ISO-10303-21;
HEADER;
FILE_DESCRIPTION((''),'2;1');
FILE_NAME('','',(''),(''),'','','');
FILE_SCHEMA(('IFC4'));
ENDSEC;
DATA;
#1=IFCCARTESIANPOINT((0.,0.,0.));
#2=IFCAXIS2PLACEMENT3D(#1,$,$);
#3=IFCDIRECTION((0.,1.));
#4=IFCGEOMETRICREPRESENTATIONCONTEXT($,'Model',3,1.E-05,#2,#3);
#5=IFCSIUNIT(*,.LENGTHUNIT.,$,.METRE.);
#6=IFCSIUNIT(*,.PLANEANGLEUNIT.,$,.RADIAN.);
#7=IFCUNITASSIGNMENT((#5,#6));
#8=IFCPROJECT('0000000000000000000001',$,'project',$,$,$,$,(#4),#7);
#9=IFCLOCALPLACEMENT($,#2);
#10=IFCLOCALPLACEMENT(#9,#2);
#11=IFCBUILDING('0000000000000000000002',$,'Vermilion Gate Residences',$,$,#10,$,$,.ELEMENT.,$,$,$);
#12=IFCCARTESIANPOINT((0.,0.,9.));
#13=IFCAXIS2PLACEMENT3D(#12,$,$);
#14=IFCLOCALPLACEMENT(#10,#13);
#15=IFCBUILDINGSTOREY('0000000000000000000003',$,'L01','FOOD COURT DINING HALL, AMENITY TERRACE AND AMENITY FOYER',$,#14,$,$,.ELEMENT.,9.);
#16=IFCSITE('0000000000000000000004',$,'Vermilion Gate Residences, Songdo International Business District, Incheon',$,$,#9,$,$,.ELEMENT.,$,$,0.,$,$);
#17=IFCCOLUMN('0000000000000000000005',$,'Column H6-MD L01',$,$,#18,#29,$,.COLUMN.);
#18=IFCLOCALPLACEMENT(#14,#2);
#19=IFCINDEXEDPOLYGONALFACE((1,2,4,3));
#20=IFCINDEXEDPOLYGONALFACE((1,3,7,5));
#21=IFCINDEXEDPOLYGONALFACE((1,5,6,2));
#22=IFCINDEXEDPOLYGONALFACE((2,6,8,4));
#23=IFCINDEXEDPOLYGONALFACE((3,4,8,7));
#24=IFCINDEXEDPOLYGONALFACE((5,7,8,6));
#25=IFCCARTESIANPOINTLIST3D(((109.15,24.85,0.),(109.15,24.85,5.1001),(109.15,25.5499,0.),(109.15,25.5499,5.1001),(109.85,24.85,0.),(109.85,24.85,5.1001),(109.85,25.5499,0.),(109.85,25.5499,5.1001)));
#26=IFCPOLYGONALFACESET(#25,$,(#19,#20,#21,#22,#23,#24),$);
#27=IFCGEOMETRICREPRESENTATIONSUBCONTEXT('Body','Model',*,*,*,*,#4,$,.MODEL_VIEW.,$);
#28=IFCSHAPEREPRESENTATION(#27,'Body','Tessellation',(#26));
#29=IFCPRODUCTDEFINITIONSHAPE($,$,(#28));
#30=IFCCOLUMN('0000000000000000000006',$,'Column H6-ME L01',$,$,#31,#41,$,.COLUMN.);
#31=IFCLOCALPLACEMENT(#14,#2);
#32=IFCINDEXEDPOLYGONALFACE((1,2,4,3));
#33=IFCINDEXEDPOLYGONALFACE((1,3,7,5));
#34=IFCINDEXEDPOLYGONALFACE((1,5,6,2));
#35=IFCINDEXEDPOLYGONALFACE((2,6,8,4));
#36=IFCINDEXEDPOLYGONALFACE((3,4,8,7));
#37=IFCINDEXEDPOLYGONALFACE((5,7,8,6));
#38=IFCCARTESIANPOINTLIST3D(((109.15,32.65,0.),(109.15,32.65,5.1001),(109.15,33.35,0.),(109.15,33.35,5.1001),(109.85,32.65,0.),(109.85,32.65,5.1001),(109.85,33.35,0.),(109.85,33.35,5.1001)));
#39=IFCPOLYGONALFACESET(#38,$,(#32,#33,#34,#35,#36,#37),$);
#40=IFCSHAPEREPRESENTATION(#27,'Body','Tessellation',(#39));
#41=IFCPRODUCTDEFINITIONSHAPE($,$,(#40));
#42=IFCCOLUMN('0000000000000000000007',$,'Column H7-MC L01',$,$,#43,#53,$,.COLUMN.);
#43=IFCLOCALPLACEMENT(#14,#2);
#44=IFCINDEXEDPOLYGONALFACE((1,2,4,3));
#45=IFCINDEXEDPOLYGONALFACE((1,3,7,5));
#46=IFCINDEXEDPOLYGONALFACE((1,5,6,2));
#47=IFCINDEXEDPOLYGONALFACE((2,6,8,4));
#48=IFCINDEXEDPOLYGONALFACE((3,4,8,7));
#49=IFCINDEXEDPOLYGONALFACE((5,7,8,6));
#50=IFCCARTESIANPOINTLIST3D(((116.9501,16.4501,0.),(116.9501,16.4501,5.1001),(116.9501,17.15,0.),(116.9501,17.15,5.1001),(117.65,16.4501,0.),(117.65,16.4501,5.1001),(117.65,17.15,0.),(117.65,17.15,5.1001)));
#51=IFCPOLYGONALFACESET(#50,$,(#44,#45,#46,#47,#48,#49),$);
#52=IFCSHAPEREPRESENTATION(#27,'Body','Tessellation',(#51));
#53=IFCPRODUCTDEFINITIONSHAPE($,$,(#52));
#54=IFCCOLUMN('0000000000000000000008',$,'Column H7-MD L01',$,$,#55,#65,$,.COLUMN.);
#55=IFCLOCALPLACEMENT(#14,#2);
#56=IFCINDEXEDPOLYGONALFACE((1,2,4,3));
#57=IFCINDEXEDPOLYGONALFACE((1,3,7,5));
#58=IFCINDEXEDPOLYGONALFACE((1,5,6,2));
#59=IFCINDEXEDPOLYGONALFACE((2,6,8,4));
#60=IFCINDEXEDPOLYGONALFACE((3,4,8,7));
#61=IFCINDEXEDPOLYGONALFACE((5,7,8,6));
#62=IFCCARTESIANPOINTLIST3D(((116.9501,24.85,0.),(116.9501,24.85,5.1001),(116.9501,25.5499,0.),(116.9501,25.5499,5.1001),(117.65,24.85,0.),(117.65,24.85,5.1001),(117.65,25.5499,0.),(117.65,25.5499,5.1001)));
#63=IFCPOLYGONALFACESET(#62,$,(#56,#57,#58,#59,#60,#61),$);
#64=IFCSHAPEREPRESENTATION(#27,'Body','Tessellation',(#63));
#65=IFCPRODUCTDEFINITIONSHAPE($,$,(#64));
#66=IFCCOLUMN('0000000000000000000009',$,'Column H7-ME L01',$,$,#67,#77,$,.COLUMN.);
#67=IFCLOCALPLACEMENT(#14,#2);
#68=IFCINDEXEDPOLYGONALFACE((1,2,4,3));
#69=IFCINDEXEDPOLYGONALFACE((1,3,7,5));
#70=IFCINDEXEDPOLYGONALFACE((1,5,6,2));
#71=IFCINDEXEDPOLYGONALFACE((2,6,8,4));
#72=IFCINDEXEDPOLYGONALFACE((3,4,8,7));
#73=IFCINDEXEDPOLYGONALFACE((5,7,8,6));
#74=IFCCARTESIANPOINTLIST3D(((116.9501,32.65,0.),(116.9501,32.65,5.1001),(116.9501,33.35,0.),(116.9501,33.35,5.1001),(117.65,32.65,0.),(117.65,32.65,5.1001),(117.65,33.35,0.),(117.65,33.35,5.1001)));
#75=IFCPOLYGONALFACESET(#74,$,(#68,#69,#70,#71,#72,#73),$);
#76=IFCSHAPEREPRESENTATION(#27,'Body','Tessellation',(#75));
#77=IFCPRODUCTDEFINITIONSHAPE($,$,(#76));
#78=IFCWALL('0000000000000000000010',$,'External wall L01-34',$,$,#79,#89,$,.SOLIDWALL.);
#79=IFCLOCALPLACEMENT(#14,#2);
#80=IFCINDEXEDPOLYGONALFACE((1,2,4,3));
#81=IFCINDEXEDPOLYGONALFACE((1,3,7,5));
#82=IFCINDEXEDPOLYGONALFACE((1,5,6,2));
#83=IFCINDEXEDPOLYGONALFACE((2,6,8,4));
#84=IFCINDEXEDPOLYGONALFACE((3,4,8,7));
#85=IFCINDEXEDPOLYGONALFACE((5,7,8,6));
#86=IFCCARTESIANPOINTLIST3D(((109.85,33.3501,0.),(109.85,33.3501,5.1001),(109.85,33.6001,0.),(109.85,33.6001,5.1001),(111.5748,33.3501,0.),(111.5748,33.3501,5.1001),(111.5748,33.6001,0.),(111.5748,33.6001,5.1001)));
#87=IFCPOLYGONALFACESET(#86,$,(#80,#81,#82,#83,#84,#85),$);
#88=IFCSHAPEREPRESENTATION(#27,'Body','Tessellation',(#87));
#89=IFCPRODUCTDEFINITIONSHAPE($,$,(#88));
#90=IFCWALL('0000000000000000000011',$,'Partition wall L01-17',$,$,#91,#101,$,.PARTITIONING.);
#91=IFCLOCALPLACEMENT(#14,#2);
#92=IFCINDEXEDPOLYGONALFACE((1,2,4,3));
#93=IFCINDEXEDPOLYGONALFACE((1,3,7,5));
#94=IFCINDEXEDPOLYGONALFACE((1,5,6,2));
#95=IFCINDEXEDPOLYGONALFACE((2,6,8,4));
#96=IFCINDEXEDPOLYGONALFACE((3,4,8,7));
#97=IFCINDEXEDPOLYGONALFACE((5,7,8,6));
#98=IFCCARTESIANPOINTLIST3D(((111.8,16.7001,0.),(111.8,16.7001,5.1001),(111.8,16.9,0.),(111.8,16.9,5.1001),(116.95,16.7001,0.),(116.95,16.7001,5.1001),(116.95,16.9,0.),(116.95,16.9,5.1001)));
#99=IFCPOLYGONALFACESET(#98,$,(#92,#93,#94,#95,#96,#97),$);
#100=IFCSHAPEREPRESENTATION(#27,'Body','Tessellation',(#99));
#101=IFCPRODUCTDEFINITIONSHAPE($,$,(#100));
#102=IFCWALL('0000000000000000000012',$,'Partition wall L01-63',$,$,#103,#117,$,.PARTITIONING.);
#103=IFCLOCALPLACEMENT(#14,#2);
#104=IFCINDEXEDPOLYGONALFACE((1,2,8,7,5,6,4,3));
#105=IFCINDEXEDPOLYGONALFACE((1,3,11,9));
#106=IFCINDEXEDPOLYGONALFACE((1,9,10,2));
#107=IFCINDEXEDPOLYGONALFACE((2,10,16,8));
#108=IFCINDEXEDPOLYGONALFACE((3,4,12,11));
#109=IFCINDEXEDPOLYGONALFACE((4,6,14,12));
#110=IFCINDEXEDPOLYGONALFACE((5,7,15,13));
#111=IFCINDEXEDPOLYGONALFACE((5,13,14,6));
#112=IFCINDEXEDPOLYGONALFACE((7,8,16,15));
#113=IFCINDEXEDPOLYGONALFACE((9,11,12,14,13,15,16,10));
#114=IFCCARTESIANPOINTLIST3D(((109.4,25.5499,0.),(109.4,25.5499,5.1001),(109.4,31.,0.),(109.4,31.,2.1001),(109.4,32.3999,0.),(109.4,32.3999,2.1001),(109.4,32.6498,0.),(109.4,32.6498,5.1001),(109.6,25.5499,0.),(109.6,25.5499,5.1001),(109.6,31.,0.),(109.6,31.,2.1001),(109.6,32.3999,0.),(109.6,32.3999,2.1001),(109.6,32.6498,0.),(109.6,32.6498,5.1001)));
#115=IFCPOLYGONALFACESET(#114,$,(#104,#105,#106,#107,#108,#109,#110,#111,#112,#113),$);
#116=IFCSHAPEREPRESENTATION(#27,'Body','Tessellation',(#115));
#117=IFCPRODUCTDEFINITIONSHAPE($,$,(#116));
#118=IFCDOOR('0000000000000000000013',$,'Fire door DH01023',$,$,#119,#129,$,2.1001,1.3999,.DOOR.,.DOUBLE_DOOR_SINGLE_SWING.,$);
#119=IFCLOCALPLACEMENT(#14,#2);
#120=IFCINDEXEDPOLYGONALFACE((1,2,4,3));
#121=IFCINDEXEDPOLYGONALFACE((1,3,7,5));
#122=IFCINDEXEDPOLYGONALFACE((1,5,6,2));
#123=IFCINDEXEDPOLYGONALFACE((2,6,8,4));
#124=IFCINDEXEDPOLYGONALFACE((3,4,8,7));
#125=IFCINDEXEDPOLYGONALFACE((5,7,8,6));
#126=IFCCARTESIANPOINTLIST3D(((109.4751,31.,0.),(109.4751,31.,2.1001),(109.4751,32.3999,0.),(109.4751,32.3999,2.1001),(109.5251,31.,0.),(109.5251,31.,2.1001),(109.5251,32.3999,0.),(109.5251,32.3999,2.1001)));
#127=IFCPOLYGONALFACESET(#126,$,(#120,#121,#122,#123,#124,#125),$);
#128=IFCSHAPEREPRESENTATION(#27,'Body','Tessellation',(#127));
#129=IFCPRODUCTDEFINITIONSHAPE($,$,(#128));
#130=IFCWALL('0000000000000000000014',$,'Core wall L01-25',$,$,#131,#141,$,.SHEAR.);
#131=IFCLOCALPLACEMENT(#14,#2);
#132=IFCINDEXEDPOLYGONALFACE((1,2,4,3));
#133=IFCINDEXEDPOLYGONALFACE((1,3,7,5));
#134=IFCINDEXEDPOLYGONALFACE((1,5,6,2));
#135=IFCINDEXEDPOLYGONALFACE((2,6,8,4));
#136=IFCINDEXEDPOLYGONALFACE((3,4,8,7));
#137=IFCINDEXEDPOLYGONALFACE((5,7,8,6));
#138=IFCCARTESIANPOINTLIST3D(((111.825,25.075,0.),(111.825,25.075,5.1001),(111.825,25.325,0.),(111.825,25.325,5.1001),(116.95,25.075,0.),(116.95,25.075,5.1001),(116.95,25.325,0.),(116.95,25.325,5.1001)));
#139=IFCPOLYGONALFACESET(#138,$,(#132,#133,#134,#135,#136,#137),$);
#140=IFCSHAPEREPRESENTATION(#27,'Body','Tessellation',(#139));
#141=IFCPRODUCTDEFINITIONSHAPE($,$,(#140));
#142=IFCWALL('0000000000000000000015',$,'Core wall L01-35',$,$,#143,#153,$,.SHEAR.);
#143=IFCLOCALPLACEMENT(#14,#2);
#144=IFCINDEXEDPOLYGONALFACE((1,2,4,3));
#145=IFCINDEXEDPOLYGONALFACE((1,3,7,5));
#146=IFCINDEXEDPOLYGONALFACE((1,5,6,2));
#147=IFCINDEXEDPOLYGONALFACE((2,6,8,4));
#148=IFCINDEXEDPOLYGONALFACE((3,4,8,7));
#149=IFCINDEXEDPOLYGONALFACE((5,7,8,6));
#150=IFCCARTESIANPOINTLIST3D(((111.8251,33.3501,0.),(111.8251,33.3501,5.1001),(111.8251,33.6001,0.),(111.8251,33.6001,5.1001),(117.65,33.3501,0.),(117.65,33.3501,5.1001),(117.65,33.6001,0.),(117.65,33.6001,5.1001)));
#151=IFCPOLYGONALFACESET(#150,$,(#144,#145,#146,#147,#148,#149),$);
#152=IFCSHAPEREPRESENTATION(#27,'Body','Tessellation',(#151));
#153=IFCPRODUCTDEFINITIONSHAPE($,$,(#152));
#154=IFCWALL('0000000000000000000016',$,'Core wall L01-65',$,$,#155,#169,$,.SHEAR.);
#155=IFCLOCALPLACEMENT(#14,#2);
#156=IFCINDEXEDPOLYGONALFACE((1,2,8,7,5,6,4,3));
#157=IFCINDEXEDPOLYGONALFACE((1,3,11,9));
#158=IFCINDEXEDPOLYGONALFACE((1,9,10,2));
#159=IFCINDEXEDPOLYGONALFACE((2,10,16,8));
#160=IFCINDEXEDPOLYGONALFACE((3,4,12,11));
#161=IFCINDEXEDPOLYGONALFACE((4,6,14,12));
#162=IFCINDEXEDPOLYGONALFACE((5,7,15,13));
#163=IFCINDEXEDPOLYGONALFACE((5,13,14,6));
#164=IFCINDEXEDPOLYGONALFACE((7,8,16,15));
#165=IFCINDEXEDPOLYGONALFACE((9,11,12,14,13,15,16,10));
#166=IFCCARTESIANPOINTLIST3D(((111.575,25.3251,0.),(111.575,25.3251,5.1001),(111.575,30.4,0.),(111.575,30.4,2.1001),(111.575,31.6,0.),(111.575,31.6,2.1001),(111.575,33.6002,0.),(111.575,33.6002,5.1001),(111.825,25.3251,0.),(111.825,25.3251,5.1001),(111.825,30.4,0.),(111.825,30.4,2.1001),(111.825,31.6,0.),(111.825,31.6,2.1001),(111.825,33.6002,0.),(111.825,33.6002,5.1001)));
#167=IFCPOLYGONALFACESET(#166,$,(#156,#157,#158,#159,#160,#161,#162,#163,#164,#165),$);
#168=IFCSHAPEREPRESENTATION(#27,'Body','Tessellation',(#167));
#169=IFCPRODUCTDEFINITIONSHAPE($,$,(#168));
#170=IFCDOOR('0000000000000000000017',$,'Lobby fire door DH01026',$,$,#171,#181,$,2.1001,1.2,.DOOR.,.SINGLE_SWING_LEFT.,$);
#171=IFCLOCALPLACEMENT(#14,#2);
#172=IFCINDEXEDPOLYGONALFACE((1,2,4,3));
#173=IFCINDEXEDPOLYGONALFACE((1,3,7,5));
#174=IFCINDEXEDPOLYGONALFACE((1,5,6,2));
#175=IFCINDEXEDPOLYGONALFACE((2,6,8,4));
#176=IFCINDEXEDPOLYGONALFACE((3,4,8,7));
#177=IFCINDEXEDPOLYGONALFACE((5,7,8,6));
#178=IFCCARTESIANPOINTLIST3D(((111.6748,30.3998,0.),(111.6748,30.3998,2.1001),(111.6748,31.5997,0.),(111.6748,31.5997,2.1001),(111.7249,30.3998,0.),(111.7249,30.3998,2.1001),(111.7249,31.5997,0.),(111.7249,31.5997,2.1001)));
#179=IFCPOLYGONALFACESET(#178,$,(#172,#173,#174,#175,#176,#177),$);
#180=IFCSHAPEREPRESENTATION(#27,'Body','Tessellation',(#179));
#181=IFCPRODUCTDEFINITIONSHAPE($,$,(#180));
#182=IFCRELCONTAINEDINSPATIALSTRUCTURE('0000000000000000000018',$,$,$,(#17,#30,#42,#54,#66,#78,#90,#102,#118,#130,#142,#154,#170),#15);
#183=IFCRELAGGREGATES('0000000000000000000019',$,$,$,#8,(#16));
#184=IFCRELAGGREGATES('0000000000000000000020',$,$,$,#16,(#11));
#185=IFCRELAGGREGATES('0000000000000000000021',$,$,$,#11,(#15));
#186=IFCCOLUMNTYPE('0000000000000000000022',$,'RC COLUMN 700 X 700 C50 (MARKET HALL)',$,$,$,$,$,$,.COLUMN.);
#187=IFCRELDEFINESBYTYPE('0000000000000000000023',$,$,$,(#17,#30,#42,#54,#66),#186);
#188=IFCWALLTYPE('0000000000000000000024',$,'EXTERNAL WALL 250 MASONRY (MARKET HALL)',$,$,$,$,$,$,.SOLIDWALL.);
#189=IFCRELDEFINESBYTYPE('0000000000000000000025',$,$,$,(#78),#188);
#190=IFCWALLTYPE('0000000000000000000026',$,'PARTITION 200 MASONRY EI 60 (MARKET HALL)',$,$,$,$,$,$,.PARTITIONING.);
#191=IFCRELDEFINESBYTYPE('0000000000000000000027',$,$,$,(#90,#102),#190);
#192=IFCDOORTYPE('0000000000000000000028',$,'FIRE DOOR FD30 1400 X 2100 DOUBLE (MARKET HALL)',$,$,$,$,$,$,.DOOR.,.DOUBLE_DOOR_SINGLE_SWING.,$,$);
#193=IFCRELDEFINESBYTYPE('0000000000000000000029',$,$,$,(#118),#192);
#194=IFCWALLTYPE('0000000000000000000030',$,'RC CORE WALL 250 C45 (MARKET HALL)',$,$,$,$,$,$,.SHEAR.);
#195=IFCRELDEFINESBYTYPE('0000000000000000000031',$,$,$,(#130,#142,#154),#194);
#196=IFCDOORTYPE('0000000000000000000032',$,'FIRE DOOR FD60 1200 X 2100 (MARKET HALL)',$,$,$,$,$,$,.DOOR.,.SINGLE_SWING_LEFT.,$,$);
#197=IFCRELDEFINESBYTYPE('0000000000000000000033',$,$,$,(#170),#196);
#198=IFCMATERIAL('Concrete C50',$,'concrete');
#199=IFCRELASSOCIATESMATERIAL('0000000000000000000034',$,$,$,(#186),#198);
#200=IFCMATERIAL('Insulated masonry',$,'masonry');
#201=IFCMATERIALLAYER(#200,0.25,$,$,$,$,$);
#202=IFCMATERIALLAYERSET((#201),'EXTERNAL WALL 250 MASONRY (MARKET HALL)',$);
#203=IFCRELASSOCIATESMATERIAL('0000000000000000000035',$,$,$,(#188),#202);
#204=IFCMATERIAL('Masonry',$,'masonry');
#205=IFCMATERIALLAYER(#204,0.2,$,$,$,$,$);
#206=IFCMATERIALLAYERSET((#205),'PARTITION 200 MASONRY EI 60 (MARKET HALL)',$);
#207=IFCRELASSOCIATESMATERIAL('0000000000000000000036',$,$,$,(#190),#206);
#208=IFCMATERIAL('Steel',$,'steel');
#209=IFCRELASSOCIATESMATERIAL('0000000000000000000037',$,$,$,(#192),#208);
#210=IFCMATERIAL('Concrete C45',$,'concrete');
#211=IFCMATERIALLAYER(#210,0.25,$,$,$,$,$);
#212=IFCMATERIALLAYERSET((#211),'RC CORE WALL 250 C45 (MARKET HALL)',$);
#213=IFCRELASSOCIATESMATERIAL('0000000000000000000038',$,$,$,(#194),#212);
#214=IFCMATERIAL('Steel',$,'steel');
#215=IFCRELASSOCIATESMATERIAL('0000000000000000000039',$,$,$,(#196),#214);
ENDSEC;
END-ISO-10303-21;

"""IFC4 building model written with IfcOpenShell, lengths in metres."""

from ifc_helpers import new_model, si_unit, direction, frame, frame_2d, origin, origin_2d, place, context, subcontext, project, spatial, rectangle, extrude, material, layer, layer_set, material_profile, profile_set, type_object, element, fill, save


model = new_model("IFC4")

# Units and contexts
model_context = context("Model", 3, precision=1e-05, world=origin(), true_north=direction((0.0, 1.0)))
body_context = subcontext(model_context, "Body", "Model", "MODEL_VIEW")
ifc_project = project(units=[si_unit("LENGTHUNIT", "METRE"), si_unit("PLANEANGLEUNIT", "RADIAN")], contexts=[model_context])

# Site, building, storey
site_placement = place(None, origin())
site = spatial("IfcSite", under=ifc_project, at=site_placement, Name="Vermilion Gate Residences, Songdo International Business District, Incheon", CompositionType="ELEMENT", RefElevation=0.0)
building_placement = place(site_placement, origin())
building = spatial("IfcBuilding", under=site, at=building_placement, Name="Vermilion Gate Residences", CompositionType="ELEMENT")
storey_placement = place(building_placement, frame((0.0, 0.0, 9.0)))
storey = spatial("IfcBuildingStorey", under=building, at=storey_placement, Name="L01", Description="FOOD COURT DINING HALL, AMENITY TERRACE AND AMENITY FOYER", CompositionType="ELEMENT", Elevation=9.0)

# Columns
ifc_material_1 = material(Name="Concrete C50", Category="concrete")
ifc_material_profile = material_profile(ifc_material_1, rectangle(XDim=0.7, YDim=0.7, at=origin_2d()), Name="RC COLUMN 700 X 700 C50 (MARKET HALL)")
ifc_profile_set = profile_set([ifc_material_profile], Name="Concrete C50")
column_type = type_object("IfcColumnType", Name="RC COLUMN 700 X 700 C50 (MARKET HALL)", PredefinedType="COLUMN", material=ifc_profile_set)
for number, where, z_axis, x_axis, name in (
    (1, (109.5, 25.2, 0.0), (0.0, 0.0, 1.0), (1.0, 0.0, 0.0), "Column H6-MD L01"),
    (2, (109.5, 33.0, 0.0), (0.0, 0.0, 1.0), (1.0, 0.0, 0.0), "Column H6-ME L01"),
    (3, (117.3, 16.8, 0.0), (0.0, 0.0, 1.0), (1.0, 0.0, 0.0), "Column H7-MC L01"),
    (4, (117.3, 25.2, 0.0), (0.0, 0.0, 1.0), (1.0, 0.0, 0.0), "Column H7-MD L01"),
    (5, (117.3, 33.0, 0.0), (0.0, 0.0, 1.0), (1.0, 0.0, 0.0), "Column H7-ME L01"),
):
    element("IfcColumn", number, at=place(storey_placement, frame(where, z_axis=z_axis, x_axis=x_axis)), inside=storey, type_object=column_type, Name=name, PredefinedType="COLUMN", context=body_context, shape_type="SweptSolid", body=[
        extrude(rectangle(XDim=0.7, YDim=0.7, at=origin_2d()), origin(), (0.0, 0.0, 1.0), 5.1001),
    ])

# Walls
ifc_material_2 = material(Name="Insulated masonry", Category="masonry")
ifc_layer_1 = layer(ifc_material_2, 0.25)
ifc_layer_set_1 = layer_set([ifc_layer_1], Name="EXTERNAL WALL 250 MASONRY (MARKET HALL)")
wall_type_1 = type_object("IfcWallType", Name="EXTERNAL WALL 250 MASONRY (MARKET HALL)", PredefinedType="SOLIDWALL", material=ifc_layer_set_1)
wall_1_placement = place(storey_placement, frame((109.8501, 33.4751, 0.0), z_axis=(0.0, 0.0, 1.0), x_axis=(1.0, 0.0, 0.0)))
element("IfcWall", 6, at=wall_1_placement, inside=storey, type_object=wall_type_1, Name="External wall L01-34", PredefinedType="SOLIDWALL", context=body_context, shape_type="SweptSolid", body=[
    extrude(rectangle(XDim=1.7249, YDim=0.25, at=frame_2d((0.8623, 0.0))), origin(), (0.0, 0.0, 1.0), 5.1001),
])
ifc_material_3 = material(Name="Masonry", Category="masonry")
ifc_layer_2 = layer(ifc_material_3, 0.2)
ifc_layer_set_2 = layer_set([ifc_layer_2], Name="PARTITION 200 MASONRY EI 60 (MARKET HALL)")
wall_type_2 = type_object("IfcWallType", Name="PARTITION 200 MASONRY EI 60 (MARKET HALL)", PredefinedType="PARTITIONING", material=ifc_layer_set_2)
wall_2_placement = place(storey_placement, frame((111.8, 16.8, 0.0), z_axis=(0.0, 0.0, 1.0), x_axis=(1.0, 0.0, 0.0)))
element("IfcWall", 7, at=wall_2_placement, inside=storey, type_object=wall_type_2, Name="Partition wall L01-17", PredefinedType="PARTITIONING", context=body_context, shape_type="SweptSolid", body=[
    extrude(rectangle(XDim=5.1499, YDim=0.2, at=frame_2d((2.575, 0.0))), origin(), (0.0, 0.0, 1.0), 5.1001),
])

# Wall, opening, door
wall_3_placement = place(storey_placement, frame((109.5, 25.55, 0.0), z_axis=(0.0, 0.0, 1.0), x_axis=(0.0, 1.0, 0.0)))
wall_3 = element("IfcWall", 8, at=wall_3_placement, inside=storey, type_object=wall_type_2, Name="Partition wall L01-63", PredefinedType="PARTITIONING", context=body_context, shape_type="SweptSolid", body=[
    extrude(rectangle(XDim=7.0999, YDim=0.2, at=frame_2d((3.5498, 0.0))), origin(), (0.0, 0.0, 1.0), 5.1001),
])
opening_1_placement = place(wall_3_placement, frame((5.45, 0.0, 0.0)))
opening_1 = element("IfcOpeningElement", 9, at=opening_1_placement, cuts=wall_3, PredefinedType="OPENING", context=body_context, shape_type="SweptSolid", body=[
    extrude(rectangle(XDim=1.3999, YDim=2.1001, at=frame_2d((0.7, 1.05))), frame((0.0, 0.1099, 0.0), z_axis=(0.0, -1.0, 0.0), x_axis=(1.0, 0.0, 0.0)), (0.0, 0.0, 1.0), 0.22),
])
ifc_material_4 = material(Name="Steel", Category="steel")
door_type_1 = type_object("IfcDoorType", Name="FIRE DOOR FD30 1400 X 2100 DOUBLE (MARKET HALL)", OperationType="DOUBLE_DOOR_SINGLE_SWING", PredefinedType="DOOR", material=ifc_material_4)
door_1_placement = place(opening_1_placement, origin())
door_1 = element("IfcDoor", 10, at=door_1_placement, inside=storey, type_object=door_type_1, Name="Fire door DH01023", OperationType="DOUBLE_DOOR_SINGLE_SWING", OverallHeight=2.1001, OverallWidth=1.3999, PredefinedType="DOOR", context=body_context, shape_type="SweptSolid", body=[
    extrude(rectangle(XDim=1.3999, YDim=2.1001, at=frame_2d((0.7, 1.05))), frame((0.0, 0.0249, 0.0), z_axis=(0.0, -1.0, 0.0), x_axis=(1.0, 0.0, 0.0)), (0.0, 0.0, 1.0), 0.05),
])
fill(opening_1, door_1)

# Walls
ifc_material_5 = material(Name="Concrete C45", Category="concrete")
ifc_layer_3 = layer(ifc_material_5, 0.25)
ifc_layer_set_3 = layer_set([ifc_layer_3], Name="RC CORE WALL 250 C45 (MARKET HALL)")
wall_type_3 = type_object("IfcWallType", Name="RC CORE WALL 250 C45 (MARKET HALL)", PredefinedType="SHEAR", material=ifc_layer_set_3)
wall_4_placement = place(storey_placement, frame((111.825, 25.2, 0.0), z_axis=(0.0, 0.0, 1.0), x_axis=(1.0, 0.0, 0.0)))
element("IfcWall", 11, at=wall_4_placement, inside=storey, type_object=wall_type_3, Name="Core wall L01-25", PredefinedType="SHEAR", context=body_context, shape_type="SweptSolid", body=[
    extrude(rectangle(XDim=5.125, YDim=0.25, at=frame_2d((2.5625, 0.0))), origin(), (0.0, 0.0, 1.0), 5.1001),
])
wall_5_placement = place(storey_placement, frame((111.825, 33.4751, 0.0), z_axis=(0.0, 0.0, 1.0), x_axis=(1.0, 0.0, 0.0)))
element("IfcWall", 12, at=wall_5_placement, inside=storey, type_object=wall_type_3, Name="Core wall L01-35", PredefinedType="SHEAR", context=body_context, shape_type="SweptSolid", body=[
    extrude(rectangle(XDim=5.825, YDim=0.25, at=frame_2d((2.9126, 0.0))), origin(), (0.0, 0.0, 1.0), 5.1001),
])

# Wall, opening, door
wall_6_placement = place(storey_placement, frame((111.7, 25.325, 0.0), z_axis=(0.0, 0.0, 1.0), x_axis=(0.0, 1.0, 0.0)))
wall_6 = element("IfcWall", 13, at=wall_6_placement, inside=storey, type_object=wall_type_3, Name="Core wall L01-65", PredefinedType="SHEAR", context=body_context, shape_type="SweptSolid", body=[
    extrude(rectangle(XDim=8.2751, YDim=0.25, at=frame_2d((4.1377, 0.0))), origin(), (0.0, 0.0, 1.0), 5.1001),
])
opening_2_placement = place(wall_6_placement, frame((5.075, 0.0, 0.0)))
opening_2 = element("IfcOpeningElement", 14, at=opening_2_placement, cuts=wall_6, PredefinedType="OPENING", context=body_context, shape_type="SweptSolid", body=[
    extrude(rectangle(XDim=1.2, YDim=2.1001, at=frame_2d((0.6001, 1.05))), frame((0.0, 0.135, 0.0), z_axis=(0.0, -1.0, 0.0), x_axis=(1.0, 0.0, 0.0)), (0.0, 0.0, 1.0), 0.27),
])
ifc_material_6 = material(Name="Steel", Category="steel")
door_type_2 = type_object("IfcDoorType", Name="FIRE DOOR FD60 1200 X 2100 (MARKET HALL)", OperationType="SINGLE_SWING_LEFT", PredefinedType="DOOR", material=ifc_material_6)
door_2_placement = place(opening_2_placement, frame((1.2, 0.0, 0.0), z_axis=(0.0, 0.0, 1.0), x_axis=(-1.0, 0.0, 0.0)))
door_2 = element("IfcDoor", 15, at=door_2_placement, inside=storey, type_object=door_type_2, Name="Lobby fire door DH01026", OperationType="SINGLE_SWING_LEFT", OverallHeight=2.1001, OverallWidth=1.2, PredefinedType="DOOR", context=body_context, shape_type="SweptSolid", body=[
    extrude(rectangle(XDim=1.2, YDim=2.1001, at=frame_2d((0.6001, 1.05))), frame((0.0, 0.0249, 0.0), z_axis=(0.0, -1.0, 0.0), x_axis=(1.0, 0.0, 0.0)), (0.0, 0.0, 1.0), 0.05),
])
fill(opening_2, door_2)

save(model, "model.ifc")
